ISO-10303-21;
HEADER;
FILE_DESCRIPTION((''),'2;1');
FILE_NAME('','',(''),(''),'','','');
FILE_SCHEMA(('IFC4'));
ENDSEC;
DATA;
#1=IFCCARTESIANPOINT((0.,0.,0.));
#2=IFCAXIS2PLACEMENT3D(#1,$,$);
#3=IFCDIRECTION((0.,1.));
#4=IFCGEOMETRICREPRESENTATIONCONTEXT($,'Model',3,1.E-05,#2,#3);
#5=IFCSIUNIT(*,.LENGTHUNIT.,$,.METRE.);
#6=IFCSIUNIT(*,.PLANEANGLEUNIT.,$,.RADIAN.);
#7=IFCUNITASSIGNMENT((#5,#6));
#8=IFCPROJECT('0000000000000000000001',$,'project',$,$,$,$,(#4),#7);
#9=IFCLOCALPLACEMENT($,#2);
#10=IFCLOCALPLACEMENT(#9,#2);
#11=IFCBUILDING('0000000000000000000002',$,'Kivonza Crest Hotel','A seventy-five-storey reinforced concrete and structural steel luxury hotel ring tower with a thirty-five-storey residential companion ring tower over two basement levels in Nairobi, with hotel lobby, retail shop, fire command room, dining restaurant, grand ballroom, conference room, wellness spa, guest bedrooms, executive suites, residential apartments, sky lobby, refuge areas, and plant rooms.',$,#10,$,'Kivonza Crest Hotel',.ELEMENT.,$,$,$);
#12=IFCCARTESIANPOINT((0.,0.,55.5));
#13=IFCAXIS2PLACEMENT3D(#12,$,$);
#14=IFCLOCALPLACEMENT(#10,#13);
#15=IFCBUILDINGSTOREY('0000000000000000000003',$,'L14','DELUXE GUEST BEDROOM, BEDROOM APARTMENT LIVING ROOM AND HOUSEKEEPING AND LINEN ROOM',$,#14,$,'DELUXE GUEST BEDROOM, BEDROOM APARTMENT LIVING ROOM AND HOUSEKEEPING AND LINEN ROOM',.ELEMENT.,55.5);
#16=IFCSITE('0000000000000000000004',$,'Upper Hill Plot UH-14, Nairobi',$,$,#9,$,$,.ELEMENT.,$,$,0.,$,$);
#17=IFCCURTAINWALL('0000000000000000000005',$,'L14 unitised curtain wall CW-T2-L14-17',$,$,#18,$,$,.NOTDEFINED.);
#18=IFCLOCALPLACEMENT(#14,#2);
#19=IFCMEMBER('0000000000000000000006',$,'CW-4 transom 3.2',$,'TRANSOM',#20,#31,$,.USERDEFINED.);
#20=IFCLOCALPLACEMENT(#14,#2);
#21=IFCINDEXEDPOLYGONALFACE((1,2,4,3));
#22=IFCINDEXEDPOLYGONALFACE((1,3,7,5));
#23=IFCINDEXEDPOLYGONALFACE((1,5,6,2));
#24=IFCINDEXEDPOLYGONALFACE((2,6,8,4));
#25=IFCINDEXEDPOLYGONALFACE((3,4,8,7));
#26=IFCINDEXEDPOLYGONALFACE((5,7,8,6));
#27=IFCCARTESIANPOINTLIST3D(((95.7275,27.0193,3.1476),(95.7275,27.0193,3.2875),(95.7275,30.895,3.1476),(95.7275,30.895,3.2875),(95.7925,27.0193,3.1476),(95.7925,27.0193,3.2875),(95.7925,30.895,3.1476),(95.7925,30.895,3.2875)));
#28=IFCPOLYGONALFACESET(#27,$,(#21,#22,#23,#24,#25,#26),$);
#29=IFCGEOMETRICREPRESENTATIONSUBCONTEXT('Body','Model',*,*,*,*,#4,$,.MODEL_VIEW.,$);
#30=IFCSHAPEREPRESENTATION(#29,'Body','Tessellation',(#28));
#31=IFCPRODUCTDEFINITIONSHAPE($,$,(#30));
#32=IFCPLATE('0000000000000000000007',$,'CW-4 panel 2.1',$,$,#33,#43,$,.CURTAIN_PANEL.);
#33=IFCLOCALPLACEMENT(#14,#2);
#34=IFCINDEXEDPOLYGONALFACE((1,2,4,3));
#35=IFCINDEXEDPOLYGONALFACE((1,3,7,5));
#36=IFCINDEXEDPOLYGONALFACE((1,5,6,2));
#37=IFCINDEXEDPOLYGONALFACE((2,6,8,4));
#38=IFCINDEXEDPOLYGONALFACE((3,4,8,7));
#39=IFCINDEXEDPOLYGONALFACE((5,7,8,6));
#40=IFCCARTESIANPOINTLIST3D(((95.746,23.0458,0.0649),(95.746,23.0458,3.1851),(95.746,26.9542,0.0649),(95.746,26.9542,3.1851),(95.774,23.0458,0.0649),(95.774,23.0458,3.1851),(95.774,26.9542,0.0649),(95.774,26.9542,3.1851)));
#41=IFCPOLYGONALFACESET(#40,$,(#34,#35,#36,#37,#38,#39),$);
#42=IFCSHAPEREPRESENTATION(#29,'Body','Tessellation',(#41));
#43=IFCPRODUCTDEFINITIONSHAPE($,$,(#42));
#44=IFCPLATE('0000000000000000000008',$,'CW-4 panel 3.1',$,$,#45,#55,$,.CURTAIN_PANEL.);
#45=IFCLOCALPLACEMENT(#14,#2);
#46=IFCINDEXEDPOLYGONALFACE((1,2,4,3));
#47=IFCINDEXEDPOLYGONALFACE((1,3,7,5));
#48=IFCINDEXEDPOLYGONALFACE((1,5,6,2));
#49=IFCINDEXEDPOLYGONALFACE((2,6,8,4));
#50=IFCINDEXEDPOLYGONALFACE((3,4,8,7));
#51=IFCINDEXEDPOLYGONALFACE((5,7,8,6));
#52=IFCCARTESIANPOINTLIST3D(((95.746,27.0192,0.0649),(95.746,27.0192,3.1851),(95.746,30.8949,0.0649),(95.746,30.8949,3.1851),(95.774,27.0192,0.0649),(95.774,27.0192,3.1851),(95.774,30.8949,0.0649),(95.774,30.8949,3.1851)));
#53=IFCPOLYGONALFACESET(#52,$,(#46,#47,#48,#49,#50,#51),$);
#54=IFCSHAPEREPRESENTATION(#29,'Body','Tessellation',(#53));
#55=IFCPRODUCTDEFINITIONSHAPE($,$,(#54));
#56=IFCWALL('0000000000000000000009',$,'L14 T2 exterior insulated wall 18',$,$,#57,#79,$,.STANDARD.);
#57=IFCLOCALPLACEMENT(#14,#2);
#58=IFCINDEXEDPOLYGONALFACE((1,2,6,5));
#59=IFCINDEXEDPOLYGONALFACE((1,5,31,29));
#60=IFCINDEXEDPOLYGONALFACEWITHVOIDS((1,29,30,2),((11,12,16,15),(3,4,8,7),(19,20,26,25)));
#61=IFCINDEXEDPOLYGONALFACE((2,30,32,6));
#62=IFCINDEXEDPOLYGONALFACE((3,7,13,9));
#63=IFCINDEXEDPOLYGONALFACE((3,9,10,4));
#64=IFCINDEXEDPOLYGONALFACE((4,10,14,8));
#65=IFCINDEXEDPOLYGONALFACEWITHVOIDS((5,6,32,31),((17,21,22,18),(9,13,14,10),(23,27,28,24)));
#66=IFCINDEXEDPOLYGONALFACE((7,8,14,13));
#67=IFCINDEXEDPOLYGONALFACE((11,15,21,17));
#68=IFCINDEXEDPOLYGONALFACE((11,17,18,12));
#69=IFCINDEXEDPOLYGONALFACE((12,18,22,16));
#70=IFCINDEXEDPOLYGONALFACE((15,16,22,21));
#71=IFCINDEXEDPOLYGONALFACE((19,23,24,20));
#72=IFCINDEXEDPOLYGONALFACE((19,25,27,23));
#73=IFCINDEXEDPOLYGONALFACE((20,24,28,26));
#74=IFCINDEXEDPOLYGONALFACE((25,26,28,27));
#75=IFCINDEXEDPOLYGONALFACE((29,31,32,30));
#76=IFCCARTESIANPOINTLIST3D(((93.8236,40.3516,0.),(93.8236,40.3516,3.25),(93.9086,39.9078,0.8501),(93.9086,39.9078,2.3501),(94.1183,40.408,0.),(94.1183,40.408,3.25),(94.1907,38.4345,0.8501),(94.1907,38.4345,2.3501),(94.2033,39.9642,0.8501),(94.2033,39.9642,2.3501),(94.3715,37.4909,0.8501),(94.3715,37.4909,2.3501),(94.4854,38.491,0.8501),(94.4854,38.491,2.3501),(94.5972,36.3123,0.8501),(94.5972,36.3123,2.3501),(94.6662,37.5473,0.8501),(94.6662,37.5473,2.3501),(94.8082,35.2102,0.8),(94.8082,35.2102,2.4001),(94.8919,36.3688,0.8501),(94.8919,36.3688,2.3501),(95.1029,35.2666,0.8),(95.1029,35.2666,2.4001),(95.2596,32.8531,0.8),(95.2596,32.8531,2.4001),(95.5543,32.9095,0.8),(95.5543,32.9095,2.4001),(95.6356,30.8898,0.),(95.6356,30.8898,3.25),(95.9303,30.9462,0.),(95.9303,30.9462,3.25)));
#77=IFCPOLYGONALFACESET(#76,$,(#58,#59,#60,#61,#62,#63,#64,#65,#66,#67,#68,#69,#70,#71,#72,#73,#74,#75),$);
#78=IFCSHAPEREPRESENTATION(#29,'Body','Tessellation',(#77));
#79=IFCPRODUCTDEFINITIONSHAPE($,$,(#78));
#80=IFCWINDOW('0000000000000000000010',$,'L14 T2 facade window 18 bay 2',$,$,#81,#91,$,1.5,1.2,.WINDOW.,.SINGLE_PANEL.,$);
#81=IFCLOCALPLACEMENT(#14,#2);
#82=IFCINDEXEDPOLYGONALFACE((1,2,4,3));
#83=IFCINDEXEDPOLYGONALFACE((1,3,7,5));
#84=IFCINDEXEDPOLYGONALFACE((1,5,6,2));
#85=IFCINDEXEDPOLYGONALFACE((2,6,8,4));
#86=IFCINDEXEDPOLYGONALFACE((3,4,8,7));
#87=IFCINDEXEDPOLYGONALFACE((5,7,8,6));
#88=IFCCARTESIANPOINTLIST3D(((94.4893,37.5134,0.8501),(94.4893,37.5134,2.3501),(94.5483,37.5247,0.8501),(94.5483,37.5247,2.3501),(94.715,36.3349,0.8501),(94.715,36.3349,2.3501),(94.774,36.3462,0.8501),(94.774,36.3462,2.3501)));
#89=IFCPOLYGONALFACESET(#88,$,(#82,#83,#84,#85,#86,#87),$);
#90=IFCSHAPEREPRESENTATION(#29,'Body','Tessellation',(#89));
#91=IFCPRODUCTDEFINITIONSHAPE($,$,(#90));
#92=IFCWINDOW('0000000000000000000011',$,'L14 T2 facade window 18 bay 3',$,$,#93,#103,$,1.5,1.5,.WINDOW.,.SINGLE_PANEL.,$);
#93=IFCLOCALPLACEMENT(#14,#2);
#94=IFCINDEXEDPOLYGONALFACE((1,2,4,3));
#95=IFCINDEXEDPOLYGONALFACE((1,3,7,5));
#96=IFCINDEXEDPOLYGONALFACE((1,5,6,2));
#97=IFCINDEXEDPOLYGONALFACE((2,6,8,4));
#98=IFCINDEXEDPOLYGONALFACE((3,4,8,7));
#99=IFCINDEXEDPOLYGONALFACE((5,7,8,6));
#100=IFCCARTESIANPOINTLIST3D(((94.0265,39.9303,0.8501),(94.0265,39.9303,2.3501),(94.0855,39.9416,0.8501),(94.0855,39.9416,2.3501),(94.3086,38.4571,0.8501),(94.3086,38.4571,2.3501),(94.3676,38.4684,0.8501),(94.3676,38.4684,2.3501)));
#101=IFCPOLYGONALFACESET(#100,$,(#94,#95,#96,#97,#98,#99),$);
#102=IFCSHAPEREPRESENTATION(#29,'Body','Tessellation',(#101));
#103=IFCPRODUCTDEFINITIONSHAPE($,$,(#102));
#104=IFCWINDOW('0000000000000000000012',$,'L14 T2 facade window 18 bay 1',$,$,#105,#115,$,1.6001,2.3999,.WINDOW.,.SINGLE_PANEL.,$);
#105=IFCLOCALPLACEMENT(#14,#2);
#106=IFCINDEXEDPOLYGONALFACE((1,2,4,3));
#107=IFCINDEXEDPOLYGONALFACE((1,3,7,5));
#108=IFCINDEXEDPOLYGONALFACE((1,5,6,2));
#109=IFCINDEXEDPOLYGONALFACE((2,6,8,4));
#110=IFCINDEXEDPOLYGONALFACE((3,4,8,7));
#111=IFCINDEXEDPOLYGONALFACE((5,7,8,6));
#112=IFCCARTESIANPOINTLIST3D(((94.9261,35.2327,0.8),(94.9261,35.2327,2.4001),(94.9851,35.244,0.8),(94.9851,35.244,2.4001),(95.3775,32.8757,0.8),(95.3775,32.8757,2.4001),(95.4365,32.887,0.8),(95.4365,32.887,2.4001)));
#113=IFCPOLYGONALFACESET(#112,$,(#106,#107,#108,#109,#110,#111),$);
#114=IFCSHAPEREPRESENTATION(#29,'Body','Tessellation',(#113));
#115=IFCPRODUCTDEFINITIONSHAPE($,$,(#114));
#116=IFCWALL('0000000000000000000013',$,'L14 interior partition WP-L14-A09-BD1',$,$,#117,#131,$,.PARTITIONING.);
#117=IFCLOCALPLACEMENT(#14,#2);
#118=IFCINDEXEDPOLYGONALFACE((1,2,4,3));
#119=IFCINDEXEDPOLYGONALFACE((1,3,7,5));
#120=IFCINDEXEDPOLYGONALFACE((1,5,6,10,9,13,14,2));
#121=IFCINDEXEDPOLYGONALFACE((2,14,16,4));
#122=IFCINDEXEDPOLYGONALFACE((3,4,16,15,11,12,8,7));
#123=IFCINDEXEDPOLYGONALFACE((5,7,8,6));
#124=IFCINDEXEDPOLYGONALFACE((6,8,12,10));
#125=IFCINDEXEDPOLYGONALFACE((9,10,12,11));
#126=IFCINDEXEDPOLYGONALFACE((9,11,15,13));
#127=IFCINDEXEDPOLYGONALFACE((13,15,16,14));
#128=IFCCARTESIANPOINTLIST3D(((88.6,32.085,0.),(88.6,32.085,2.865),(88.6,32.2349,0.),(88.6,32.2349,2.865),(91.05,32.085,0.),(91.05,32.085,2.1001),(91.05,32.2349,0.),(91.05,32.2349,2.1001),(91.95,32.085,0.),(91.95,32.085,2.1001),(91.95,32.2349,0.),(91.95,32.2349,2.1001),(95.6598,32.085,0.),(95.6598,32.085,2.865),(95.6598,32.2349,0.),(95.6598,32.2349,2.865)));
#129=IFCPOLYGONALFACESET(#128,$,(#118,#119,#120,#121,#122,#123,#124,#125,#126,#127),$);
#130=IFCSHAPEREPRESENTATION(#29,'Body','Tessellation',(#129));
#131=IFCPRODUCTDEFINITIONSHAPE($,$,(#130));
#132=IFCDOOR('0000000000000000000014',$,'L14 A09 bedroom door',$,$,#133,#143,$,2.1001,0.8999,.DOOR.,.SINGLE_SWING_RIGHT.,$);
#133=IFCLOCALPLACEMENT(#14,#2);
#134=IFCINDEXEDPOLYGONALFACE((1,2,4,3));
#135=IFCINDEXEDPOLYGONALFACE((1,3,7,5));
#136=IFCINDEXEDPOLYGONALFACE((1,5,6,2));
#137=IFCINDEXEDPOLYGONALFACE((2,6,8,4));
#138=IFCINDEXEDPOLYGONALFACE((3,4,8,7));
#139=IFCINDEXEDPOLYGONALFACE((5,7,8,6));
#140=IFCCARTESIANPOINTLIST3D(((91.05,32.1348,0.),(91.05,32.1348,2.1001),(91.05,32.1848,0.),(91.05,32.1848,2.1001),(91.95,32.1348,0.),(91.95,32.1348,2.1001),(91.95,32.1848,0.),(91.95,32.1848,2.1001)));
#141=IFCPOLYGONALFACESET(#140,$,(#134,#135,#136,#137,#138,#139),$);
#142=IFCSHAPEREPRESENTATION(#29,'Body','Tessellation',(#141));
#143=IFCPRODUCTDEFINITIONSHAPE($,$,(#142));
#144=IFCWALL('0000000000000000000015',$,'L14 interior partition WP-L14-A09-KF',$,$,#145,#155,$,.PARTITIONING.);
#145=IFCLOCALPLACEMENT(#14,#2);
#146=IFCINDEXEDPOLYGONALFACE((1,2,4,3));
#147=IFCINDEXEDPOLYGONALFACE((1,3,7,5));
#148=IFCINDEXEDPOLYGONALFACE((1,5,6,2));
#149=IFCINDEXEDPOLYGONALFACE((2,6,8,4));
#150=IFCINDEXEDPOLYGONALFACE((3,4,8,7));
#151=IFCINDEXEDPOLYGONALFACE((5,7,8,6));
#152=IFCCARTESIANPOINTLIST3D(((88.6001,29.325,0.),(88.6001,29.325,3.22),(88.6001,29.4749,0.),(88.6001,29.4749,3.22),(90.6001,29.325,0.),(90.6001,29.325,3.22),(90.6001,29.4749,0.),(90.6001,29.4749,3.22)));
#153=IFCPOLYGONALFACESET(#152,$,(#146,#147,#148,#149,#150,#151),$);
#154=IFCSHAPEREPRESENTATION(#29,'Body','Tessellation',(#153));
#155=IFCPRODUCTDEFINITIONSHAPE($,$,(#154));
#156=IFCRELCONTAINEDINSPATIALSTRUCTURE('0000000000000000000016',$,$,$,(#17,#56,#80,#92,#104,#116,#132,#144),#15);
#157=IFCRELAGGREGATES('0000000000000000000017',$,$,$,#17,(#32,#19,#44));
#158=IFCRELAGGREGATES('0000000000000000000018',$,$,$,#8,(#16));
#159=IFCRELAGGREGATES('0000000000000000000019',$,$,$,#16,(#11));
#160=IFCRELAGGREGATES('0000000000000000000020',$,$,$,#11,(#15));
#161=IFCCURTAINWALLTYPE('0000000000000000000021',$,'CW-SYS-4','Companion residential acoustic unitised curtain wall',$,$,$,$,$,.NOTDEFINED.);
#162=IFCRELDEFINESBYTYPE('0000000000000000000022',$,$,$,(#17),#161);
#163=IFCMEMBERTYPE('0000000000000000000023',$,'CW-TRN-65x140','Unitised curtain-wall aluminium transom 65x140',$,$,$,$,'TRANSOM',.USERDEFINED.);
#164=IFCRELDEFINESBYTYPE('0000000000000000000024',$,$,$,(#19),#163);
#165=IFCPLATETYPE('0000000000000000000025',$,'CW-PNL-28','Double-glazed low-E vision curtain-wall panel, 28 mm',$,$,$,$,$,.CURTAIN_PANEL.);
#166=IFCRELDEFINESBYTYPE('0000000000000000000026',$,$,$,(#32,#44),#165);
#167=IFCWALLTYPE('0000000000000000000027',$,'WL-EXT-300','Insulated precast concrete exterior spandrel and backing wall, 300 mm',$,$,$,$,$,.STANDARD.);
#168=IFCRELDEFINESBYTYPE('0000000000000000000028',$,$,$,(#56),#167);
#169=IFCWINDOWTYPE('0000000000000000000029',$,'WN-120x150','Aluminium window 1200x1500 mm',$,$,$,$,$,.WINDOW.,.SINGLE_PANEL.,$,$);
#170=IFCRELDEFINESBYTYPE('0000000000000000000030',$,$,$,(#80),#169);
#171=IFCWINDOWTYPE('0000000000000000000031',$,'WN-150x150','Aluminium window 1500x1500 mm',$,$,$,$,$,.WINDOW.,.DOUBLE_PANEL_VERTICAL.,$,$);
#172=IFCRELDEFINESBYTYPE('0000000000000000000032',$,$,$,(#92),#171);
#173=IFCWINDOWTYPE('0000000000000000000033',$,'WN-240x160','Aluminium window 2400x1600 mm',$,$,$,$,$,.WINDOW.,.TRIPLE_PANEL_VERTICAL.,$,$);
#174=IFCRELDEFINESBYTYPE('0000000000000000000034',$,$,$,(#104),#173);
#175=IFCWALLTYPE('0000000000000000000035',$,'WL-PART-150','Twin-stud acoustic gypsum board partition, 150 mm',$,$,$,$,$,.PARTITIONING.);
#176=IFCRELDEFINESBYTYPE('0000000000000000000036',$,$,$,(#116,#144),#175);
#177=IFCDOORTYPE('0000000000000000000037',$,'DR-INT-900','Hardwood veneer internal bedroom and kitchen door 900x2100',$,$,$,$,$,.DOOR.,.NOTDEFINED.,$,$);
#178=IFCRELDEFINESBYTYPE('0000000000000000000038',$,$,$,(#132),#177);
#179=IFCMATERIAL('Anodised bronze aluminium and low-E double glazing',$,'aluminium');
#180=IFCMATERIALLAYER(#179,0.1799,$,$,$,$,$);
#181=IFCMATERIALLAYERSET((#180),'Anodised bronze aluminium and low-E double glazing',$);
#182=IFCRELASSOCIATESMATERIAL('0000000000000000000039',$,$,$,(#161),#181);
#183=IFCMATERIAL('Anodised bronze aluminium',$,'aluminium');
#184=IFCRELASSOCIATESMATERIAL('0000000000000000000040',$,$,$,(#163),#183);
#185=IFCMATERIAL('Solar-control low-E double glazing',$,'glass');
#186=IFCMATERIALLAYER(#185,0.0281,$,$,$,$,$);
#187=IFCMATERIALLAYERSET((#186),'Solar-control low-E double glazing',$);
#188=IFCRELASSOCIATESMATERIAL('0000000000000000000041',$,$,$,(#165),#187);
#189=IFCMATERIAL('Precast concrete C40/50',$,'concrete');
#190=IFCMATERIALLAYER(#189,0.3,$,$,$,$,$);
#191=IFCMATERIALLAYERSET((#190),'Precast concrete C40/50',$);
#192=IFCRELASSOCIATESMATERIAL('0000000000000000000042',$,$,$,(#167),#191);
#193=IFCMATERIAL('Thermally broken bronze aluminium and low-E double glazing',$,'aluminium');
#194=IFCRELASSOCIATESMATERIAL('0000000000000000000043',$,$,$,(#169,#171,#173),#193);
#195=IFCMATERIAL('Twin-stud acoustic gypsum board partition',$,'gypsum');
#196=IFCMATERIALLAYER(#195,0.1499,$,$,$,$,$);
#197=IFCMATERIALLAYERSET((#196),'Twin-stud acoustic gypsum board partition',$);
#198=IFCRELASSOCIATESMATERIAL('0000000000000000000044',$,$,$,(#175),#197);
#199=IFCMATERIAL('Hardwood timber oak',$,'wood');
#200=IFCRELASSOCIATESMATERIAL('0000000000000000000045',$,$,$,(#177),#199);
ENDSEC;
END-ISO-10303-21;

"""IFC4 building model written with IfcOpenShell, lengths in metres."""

from ifc_helpers import new_model, si_unit, direction, frame, frame_2d, origin, origin_2d, place, context, subcontext, project, spatial, rectangle, extrude, material, layer, layer_set, material_profile, profile_set, type_object, element, fill, aggregate, save


model = new_model("IFC4")

# Units and contexts
model_context = context("Model", 3, precision=1e-05, world=origin(), true_north=direction((0.0, 1.0)))
body_context = subcontext(model_context, "Body", "Model", "MODEL_VIEW")
ifc_project = project(units=[si_unit("LENGTHUNIT", "METRE"), si_unit("PLANEANGLEUNIT", "RADIAN")], contexts=[model_context])

# Site, building, storey
site_placement = place(None, origin())
site = spatial("IfcSite", under=ifc_project, at=site_placement, Name="Upper Hill Plot UH-14, Nairobi", CompositionType="ELEMENT", RefElevation=0.0)
building_placement = place(site_placement, origin())
building = spatial("IfcBuilding", under=site, at=building_placement, Name="Kivonza Crest Hotel", Description="A seventy-five-storey reinforced concrete and structural steel luxury hotel ring tower with a thirty-five-storey residential companion ring tower over two basement levels in Nairobi, with hotel lobby, retail shop, fire command room, dining restaurant, grand ballroom, conference room, wellness spa, guest bedrooms, executive suites, residential apartments, sky lobby, refuge areas, and plant rooms.", LongName="Kivonza Crest Hotel", CompositionType="ELEMENT")
storey_placement = place(building_placement, frame((0.0, 0.0, 55.5)))
storey = spatial("IfcBuildingStorey", under=building, at=storey_placement, Name="L14", Description="DELUXE GUEST BEDROOM, BEDROOM APARTMENT LIVING ROOM AND HOUSEKEEPING AND LINEN ROOM", LongName="DELUXE GUEST BEDROOM, BEDROOM APARTMENT LIVING ROOM AND HOUSEKEEPING AND LINEN ROOM", CompositionType="ELEMENT", Elevation=55.5)

# Curtain wall, member, plates
ifc_material_1 = material(Name="Anodised bronze aluminium and low-E double glazing", Category="aluminium")
ifc_layer_1 = layer(ifc_material_1, 0.1799)
ifc_layer_set_1 = layer_set([ifc_layer_1], Name="Anodised bronze aluminium and low-E double glazing")
curtain_wall_type = type_object("IfcCurtainWallType", Name="CW-SYS-4", Description="Companion residential acoustic unitised curtain wall", PredefinedType="NOTDEFINED", material=ifc_layer_set_1)
curtain_wall_placement = place(storey_placement, origin())
curtain_wall = element("IfcCurtainWall", 1, at=curtain_wall_placement, inside=storey, type_object=curtain_wall_type, Name="L14 unitised curtain wall CW-T2-L14-17", PredefinedType="NOTDEFINED")
ifc_material_2 = material(Name="Anodised bronze aluminium", Category="aluminium")
ifc_material_profile_1 = material_profile(ifc_material_2, rectangle(XDim=0.0649, YDim=0.1399, at=origin_2d()), Name="CW-T 65x140")
ifc_profile_set_1 = profile_set([ifc_material_profile_1], Name="Anodised bronze aluminium")
member_type_1 = type_object("IfcMemberType", Name="CW-TRN-65x140", Description="Unitised curtain-wall aluminium transom 65x140", ElementType="TRANSOM", PredefinedType="USERDEFINED", material=ifc_profile_set_1)
member_1_placement = place(storey_placement, frame((95.76, 27.0193, 3.2175), z_axis=(0.0, 1.0, 0.0), x_axis=(-1.0, 0.0, 0.0)))
member_1 = element("IfcMember", 2, at=member_1_placement, type_object=member_type_1, Name="CW-4 transom 3.2", ObjectType="TRANSOM", PredefinedType="USERDEFINED", context=body_context, shape_type="SweptSolid", body=[
    extrude(rectangle(XDim=0.0649, YDim=0.1399, at=origin_2d()), origin(), (0.0, 0.0, 1.0), 3.8757),
])
ifc_material_3 = material(Name="Solar-control low-E double glazing", Category="glass")
ifc_layer_2 = layer(ifc_material_3, 0.0281)
ifc_layer_set_2 = layer_set([ifc_layer_2], Name="Solar-control low-E double glazing")
plate_type = type_object("IfcPlateType", Name="CW-PNL-28", Description="Double-glazed low-E vision curtain-wall panel, 28 mm", PredefinedType="CURTAIN_PANEL", material=ifc_layer_set_2)
plate_1_placement = place(storey_placement, frame((95.76, 25.0, 0.0649), z_axis=(0.0, 0.0, 1.0), x_axis=(0.0, 1.0, 0.0)))
plate_1 = element("IfcPlate", 3, at=plate_1_placement, type_object=plate_type, Name="CW-4 panel 2.1", PredefinedType="CURTAIN_PANEL", context=body_context, shape_type="SweptSolid", body=[
    extrude(rectangle(XDim=3.9084, YDim=0.0281, at=origin_2d()), origin(), (0.0, 0.0, 1.0), 3.1201),
])
plate_2_placement = place(storey_placement, frame((95.76, 28.957, 0.0649), z_axis=(0.0, 0.0, 1.0), x_axis=(0.0, 1.0, 0.0)))
plate_2 = element("IfcPlate", 4, at=plate_2_placement, type_object=plate_type, Name="CW-4 panel 3.1", PredefinedType="CURTAIN_PANEL", context=body_context, shape_type="SweptSolid", body=[
    extrude(rectangle(XDim=3.8757, YDim=0.0281, at=origin_2d()), origin(), (0.0, 0.0, 1.0), 3.1201),
])
aggregate(curtain_wall, [plate_1, member_1, plate_2])

# Wall, openings, windows
ifc_material_4 = material(Name="Precast concrete C40/50", Category="concrete")
ifc_layer_3 = layer(ifc_material_4, 0.3)
ifc_layer_set_3 = layer_set([ifc_layer_3], Name="Precast concrete C40/50")
wall_type_1 = type_object("IfcWallType", Name="WL-EXT-300", Description="Insulated precast concrete exterior spandrel and backing wall, 300 mm", PredefinedType="STANDARD", material=ifc_layer_set_3)
wall_1_placement = place(storey_placement, frame((95.783, 30.918, 0.0), z_axis=(0.0, 0.0, 1.0), x_axis=(-0.188088, 0.982152, 0.0)))
wall_1 = element("IfcWall", 5, at=wall_1_placement, inside=storey, type_object=wall_type_1, Name="L14 T2 exterior insulated wall 18", PredefinedType="STANDARD", context=body_context, shape_type="SweptSolid", body=[
    extrude(rectangle(XDim=9.6338, YDim=0.3, at=frame_2d((4.8169, 0.0))), origin(), (0.0, 0.0, 1.0), 3.25),
])
opening_1_placement = place(wall_1_placement, frame((1.999, 0.0, 0.8)))
opening_1 = element("IfcOpeningElement", 6, at=opening_1_placement, cuts=wall_1, PredefinedType="OPENING", context=body_context, shape_type="SweptSolid", body=[
    extrude(rectangle(XDim=2.3999, YDim=1.6001, at=frame_2d((1.2, 0.8))), frame((0.0, 0.1602, 0.0), z_axis=(0.0, -1.0, 0.0), x_axis=(1.0, 0.0, 0.0)), (0.0, 0.0, 1.0), 0.3201),
])
opening_2_placement = place(wall_1_placement, frame((5.521, 0.0, 0.8501)))
opening_2 = element("IfcOpeningElement", 7, at=opening_2_placement, cuts=wall_1, PredefinedType="OPENING", context=body_context, shape_type="SweptSolid", body=[
    extrude(rectangle(XDim=1.2, YDim=1.5, at=frame_2d((0.6001, 0.75))), frame((0.0, 0.1602, 0.0), z_axis=(0.0, -1.0, 0.0), x_axis=(1.0, 0.0, 0.0)), (0.0, 0.0, 1.0), 0.3201),
])
opening_3_placement = place(wall_1_placement, frame((7.6819, 0.0, 0.8501)))
opening_3 = element("IfcOpeningElement", 8, at=opening_3_placement, cuts=wall_1, PredefinedType="OPENING", context=body_context, shape_type="SweptSolid", body=[
    extrude(rectangle(XDim=1.5, YDim=1.5, at=frame_2d((0.75, 0.75))), frame((0.0, 0.1602, 0.0), z_axis=(0.0, -1.0, 0.0), x_axis=(1.0, 0.0, 0.0)), (0.0, 0.0, 1.0), 0.3201),
])
ifc_material_5 = material(Name="Thermally broken bronze aluminium and low-E double glazing", Category="aluminium")
window_type_1 = type_object("IfcWindowType", Name="WN-120x150", Description="Aluminium window 1200x1500 mm", PartitioningType="SINGLE_PANEL", PredefinedType="WINDOW", material=ifc_material_5)
window_1_placement = place(opening_2_placement, origin())
window_1 = element("IfcWindow", 9, at=window_1_placement, inside=storey, type_object=window_type_1, Name="L14 T2 facade window 18 bay 2", OverallHeight=1.5, OverallWidth=1.2, PartitioningType="SINGLE_PANEL", PredefinedType="WINDOW", context=body_context, shape_type="SweptSolid", body=[
    extrude(rectangle(XDim=1.2, YDim=1.5, at=frame_2d((0.6001, 0.75))), frame((0.0, 0.03, 0.0), z_axis=(0.0, -1.0, 0.0), x_axis=(1.0, 0.0, 0.0)), (0.0, 0.0, 1.0), 0.0601),
])
fill(opening_2, window_1)
window_type_2 = type_object("IfcWindowType", Name="WN-150x150", Description="Aluminium window 1500x1500 mm", PartitioningType="DOUBLE_PANEL_VERTICAL", PredefinedType="WINDOW", material=ifc_material_5)
window_2_placement = place(opening_3_placement, origin())
window_2 = element("IfcWindow", 10, at=window_2_placement, inside=storey, type_object=window_type_2, Name="L14 T2 facade window 18 bay 3", OverallHeight=1.5, OverallWidth=1.5, PartitioningType="SINGLE_PANEL", PredefinedType="WINDOW", context=body_context, shape_type="SweptSolid", body=[
    extrude(rectangle(XDim=1.5, YDim=1.5, at=frame_2d((0.75, 0.75))), frame((0.0, 0.03, 0.0), z_axis=(0.0, -1.0, 0.0), x_axis=(1.0, 0.0, 0.0)), (0.0, 0.0, 1.0), 0.0601),
])
fill(opening_3, window_2)
window_type_3 = type_object("IfcWindowType", Name="WN-240x160", Description="Aluminium window 2400x1600 mm", PartitioningType="TRIPLE_PANEL_VERTICAL", PredefinedType="WINDOW", material=ifc_material_5)
window_3_placement = place(opening_1_placement, origin())
window_3 = element("IfcWindow", 11, at=window_3_placement, inside=storey, type_object=window_type_3, Name="L14 T2 facade window 18 bay 1", OverallHeight=1.6001, OverallWidth=2.3999, PartitioningType="SINGLE_PANEL", PredefinedType="WINDOW", context=body_context, shape_type="SweptSolid", body=[
    extrude(rectangle(XDim=2.3999, YDim=1.6001, at=frame_2d((1.2, 0.8))), frame((0.0, 0.03, 0.0), z_axis=(0.0, -1.0, 0.0), x_axis=(1.0, 0.0, 0.0)), (0.0, 0.0, 1.0), 0.0601),
])
fill(opening_1, window_3)

# Wall, opening, door
ifc_material_6 = material(Name="Twin-stud acoustic gypsum board partition", Category="gypsum")
ifc_layer_4 = layer(ifc_material_6, 0.1499)
ifc_layer_set_4 = layer_set([ifc_layer_4], Name="Twin-stud acoustic gypsum board partition")
wall_type_2 = type_object("IfcWallType", Name="WL-PART-150", Description="Twin-stud acoustic gypsum board partition, 150 mm", PredefinedType="PARTITIONING", material=ifc_layer_set_4)
wall_2_placement = place(storey_placement, frame((88.6001, 32.1599, 0.0), z_axis=(0.0, 0.0, 1.0), x_axis=(1.0, 0.0, 0.0)))
wall_2 = element("IfcWall", 12, at=wall_2_placement, inside=storey, type_object=wall_type_2, Name="L14 interior partition WP-L14-A09-BD1", PredefinedType="PARTITIONING", context=body_context, shape_type="SweptSolid", body=[
    extrude(rectangle(XDim=7.0598, YDim=0.1499, at=frame_2d((3.5298, 0.0))), origin(), (0.0, 0.0, 1.0), 2.865),
])
opening_4_placement = place(wall_2_placement, frame((2.45, 0.0, 0.0)))
opening_4 = element("IfcOpeningElement", 13, at=opening_4_placement, cuts=wall_2, PredefinedType="OPENING", context=body_context, shape_type="SweptSolid", body=[
    extrude(rectangle(XDim=0.8999, YDim=2.1001, at=frame_2d((0.45, 1.05))), frame((0.0, 0.085, 0.0), z_axis=(0.0, -1.0, 0.0), x_axis=(1.0, 0.0, 0.0)), (0.0, 0.0, 1.0), 0.1699),
])
ifc_material_7 = material(Name="Hardwood timber oak", Category="wood")
door_type_1 = type_object("IfcDoorType", Name="DR-INT-900", Description="Hardwood veneer internal bedroom and kitchen door 900x2100", OperationType="NOTDEFINED", PredefinedType="DOOR", material=ifc_material_7)
door_1_placement = place(opening_4_placement, origin())
door_1 = element("IfcDoor", 14, at=door_1_placement, inside=storey, type_object=door_type_1, Name="L14 A09 bedroom door", OperationType="SINGLE_SWING_RIGHT", OverallHeight=2.1001, OverallWidth=0.8999, PredefinedType="DOOR", context=body_context, shape_type="SweptSolid", body=[
    extrude(rectangle(XDim=0.8999, YDim=2.1001, at=frame_2d((0.45, 1.05))), frame((0.0, 0.0249, 0.0), z_axis=(0.0, -1.0, 0.0), x_axis=(1.0, 0.0, 0.0)), (0.0, 0.0, 1.0), 0.05),
])
fill(opening_4, door_1)

# Wall
wall_3_placement = place(storey_placement, frame((88.6001, 29.3999, 0.0), z_axis=(0.0, 0.0, 1.0), x_axis=(1.0, 0.0, 0.0)))
element("IfcWall", 15, at=wall_3_placement, inside=storey, type_object=wall_type_2, Name="L14 interior partition WP-L14-A09-KF", PredefinedType="PARTITIONING", context=body_context, shape_type="SweptSolid", body=[
    extrude(rectangle(XDim=2.0, YDim=0.1499, at=frame_2d((1.0, 0.0))), origin(), (0.0, 0.0, 1.0), 3.22),
])

save(model, "model.ifc")
